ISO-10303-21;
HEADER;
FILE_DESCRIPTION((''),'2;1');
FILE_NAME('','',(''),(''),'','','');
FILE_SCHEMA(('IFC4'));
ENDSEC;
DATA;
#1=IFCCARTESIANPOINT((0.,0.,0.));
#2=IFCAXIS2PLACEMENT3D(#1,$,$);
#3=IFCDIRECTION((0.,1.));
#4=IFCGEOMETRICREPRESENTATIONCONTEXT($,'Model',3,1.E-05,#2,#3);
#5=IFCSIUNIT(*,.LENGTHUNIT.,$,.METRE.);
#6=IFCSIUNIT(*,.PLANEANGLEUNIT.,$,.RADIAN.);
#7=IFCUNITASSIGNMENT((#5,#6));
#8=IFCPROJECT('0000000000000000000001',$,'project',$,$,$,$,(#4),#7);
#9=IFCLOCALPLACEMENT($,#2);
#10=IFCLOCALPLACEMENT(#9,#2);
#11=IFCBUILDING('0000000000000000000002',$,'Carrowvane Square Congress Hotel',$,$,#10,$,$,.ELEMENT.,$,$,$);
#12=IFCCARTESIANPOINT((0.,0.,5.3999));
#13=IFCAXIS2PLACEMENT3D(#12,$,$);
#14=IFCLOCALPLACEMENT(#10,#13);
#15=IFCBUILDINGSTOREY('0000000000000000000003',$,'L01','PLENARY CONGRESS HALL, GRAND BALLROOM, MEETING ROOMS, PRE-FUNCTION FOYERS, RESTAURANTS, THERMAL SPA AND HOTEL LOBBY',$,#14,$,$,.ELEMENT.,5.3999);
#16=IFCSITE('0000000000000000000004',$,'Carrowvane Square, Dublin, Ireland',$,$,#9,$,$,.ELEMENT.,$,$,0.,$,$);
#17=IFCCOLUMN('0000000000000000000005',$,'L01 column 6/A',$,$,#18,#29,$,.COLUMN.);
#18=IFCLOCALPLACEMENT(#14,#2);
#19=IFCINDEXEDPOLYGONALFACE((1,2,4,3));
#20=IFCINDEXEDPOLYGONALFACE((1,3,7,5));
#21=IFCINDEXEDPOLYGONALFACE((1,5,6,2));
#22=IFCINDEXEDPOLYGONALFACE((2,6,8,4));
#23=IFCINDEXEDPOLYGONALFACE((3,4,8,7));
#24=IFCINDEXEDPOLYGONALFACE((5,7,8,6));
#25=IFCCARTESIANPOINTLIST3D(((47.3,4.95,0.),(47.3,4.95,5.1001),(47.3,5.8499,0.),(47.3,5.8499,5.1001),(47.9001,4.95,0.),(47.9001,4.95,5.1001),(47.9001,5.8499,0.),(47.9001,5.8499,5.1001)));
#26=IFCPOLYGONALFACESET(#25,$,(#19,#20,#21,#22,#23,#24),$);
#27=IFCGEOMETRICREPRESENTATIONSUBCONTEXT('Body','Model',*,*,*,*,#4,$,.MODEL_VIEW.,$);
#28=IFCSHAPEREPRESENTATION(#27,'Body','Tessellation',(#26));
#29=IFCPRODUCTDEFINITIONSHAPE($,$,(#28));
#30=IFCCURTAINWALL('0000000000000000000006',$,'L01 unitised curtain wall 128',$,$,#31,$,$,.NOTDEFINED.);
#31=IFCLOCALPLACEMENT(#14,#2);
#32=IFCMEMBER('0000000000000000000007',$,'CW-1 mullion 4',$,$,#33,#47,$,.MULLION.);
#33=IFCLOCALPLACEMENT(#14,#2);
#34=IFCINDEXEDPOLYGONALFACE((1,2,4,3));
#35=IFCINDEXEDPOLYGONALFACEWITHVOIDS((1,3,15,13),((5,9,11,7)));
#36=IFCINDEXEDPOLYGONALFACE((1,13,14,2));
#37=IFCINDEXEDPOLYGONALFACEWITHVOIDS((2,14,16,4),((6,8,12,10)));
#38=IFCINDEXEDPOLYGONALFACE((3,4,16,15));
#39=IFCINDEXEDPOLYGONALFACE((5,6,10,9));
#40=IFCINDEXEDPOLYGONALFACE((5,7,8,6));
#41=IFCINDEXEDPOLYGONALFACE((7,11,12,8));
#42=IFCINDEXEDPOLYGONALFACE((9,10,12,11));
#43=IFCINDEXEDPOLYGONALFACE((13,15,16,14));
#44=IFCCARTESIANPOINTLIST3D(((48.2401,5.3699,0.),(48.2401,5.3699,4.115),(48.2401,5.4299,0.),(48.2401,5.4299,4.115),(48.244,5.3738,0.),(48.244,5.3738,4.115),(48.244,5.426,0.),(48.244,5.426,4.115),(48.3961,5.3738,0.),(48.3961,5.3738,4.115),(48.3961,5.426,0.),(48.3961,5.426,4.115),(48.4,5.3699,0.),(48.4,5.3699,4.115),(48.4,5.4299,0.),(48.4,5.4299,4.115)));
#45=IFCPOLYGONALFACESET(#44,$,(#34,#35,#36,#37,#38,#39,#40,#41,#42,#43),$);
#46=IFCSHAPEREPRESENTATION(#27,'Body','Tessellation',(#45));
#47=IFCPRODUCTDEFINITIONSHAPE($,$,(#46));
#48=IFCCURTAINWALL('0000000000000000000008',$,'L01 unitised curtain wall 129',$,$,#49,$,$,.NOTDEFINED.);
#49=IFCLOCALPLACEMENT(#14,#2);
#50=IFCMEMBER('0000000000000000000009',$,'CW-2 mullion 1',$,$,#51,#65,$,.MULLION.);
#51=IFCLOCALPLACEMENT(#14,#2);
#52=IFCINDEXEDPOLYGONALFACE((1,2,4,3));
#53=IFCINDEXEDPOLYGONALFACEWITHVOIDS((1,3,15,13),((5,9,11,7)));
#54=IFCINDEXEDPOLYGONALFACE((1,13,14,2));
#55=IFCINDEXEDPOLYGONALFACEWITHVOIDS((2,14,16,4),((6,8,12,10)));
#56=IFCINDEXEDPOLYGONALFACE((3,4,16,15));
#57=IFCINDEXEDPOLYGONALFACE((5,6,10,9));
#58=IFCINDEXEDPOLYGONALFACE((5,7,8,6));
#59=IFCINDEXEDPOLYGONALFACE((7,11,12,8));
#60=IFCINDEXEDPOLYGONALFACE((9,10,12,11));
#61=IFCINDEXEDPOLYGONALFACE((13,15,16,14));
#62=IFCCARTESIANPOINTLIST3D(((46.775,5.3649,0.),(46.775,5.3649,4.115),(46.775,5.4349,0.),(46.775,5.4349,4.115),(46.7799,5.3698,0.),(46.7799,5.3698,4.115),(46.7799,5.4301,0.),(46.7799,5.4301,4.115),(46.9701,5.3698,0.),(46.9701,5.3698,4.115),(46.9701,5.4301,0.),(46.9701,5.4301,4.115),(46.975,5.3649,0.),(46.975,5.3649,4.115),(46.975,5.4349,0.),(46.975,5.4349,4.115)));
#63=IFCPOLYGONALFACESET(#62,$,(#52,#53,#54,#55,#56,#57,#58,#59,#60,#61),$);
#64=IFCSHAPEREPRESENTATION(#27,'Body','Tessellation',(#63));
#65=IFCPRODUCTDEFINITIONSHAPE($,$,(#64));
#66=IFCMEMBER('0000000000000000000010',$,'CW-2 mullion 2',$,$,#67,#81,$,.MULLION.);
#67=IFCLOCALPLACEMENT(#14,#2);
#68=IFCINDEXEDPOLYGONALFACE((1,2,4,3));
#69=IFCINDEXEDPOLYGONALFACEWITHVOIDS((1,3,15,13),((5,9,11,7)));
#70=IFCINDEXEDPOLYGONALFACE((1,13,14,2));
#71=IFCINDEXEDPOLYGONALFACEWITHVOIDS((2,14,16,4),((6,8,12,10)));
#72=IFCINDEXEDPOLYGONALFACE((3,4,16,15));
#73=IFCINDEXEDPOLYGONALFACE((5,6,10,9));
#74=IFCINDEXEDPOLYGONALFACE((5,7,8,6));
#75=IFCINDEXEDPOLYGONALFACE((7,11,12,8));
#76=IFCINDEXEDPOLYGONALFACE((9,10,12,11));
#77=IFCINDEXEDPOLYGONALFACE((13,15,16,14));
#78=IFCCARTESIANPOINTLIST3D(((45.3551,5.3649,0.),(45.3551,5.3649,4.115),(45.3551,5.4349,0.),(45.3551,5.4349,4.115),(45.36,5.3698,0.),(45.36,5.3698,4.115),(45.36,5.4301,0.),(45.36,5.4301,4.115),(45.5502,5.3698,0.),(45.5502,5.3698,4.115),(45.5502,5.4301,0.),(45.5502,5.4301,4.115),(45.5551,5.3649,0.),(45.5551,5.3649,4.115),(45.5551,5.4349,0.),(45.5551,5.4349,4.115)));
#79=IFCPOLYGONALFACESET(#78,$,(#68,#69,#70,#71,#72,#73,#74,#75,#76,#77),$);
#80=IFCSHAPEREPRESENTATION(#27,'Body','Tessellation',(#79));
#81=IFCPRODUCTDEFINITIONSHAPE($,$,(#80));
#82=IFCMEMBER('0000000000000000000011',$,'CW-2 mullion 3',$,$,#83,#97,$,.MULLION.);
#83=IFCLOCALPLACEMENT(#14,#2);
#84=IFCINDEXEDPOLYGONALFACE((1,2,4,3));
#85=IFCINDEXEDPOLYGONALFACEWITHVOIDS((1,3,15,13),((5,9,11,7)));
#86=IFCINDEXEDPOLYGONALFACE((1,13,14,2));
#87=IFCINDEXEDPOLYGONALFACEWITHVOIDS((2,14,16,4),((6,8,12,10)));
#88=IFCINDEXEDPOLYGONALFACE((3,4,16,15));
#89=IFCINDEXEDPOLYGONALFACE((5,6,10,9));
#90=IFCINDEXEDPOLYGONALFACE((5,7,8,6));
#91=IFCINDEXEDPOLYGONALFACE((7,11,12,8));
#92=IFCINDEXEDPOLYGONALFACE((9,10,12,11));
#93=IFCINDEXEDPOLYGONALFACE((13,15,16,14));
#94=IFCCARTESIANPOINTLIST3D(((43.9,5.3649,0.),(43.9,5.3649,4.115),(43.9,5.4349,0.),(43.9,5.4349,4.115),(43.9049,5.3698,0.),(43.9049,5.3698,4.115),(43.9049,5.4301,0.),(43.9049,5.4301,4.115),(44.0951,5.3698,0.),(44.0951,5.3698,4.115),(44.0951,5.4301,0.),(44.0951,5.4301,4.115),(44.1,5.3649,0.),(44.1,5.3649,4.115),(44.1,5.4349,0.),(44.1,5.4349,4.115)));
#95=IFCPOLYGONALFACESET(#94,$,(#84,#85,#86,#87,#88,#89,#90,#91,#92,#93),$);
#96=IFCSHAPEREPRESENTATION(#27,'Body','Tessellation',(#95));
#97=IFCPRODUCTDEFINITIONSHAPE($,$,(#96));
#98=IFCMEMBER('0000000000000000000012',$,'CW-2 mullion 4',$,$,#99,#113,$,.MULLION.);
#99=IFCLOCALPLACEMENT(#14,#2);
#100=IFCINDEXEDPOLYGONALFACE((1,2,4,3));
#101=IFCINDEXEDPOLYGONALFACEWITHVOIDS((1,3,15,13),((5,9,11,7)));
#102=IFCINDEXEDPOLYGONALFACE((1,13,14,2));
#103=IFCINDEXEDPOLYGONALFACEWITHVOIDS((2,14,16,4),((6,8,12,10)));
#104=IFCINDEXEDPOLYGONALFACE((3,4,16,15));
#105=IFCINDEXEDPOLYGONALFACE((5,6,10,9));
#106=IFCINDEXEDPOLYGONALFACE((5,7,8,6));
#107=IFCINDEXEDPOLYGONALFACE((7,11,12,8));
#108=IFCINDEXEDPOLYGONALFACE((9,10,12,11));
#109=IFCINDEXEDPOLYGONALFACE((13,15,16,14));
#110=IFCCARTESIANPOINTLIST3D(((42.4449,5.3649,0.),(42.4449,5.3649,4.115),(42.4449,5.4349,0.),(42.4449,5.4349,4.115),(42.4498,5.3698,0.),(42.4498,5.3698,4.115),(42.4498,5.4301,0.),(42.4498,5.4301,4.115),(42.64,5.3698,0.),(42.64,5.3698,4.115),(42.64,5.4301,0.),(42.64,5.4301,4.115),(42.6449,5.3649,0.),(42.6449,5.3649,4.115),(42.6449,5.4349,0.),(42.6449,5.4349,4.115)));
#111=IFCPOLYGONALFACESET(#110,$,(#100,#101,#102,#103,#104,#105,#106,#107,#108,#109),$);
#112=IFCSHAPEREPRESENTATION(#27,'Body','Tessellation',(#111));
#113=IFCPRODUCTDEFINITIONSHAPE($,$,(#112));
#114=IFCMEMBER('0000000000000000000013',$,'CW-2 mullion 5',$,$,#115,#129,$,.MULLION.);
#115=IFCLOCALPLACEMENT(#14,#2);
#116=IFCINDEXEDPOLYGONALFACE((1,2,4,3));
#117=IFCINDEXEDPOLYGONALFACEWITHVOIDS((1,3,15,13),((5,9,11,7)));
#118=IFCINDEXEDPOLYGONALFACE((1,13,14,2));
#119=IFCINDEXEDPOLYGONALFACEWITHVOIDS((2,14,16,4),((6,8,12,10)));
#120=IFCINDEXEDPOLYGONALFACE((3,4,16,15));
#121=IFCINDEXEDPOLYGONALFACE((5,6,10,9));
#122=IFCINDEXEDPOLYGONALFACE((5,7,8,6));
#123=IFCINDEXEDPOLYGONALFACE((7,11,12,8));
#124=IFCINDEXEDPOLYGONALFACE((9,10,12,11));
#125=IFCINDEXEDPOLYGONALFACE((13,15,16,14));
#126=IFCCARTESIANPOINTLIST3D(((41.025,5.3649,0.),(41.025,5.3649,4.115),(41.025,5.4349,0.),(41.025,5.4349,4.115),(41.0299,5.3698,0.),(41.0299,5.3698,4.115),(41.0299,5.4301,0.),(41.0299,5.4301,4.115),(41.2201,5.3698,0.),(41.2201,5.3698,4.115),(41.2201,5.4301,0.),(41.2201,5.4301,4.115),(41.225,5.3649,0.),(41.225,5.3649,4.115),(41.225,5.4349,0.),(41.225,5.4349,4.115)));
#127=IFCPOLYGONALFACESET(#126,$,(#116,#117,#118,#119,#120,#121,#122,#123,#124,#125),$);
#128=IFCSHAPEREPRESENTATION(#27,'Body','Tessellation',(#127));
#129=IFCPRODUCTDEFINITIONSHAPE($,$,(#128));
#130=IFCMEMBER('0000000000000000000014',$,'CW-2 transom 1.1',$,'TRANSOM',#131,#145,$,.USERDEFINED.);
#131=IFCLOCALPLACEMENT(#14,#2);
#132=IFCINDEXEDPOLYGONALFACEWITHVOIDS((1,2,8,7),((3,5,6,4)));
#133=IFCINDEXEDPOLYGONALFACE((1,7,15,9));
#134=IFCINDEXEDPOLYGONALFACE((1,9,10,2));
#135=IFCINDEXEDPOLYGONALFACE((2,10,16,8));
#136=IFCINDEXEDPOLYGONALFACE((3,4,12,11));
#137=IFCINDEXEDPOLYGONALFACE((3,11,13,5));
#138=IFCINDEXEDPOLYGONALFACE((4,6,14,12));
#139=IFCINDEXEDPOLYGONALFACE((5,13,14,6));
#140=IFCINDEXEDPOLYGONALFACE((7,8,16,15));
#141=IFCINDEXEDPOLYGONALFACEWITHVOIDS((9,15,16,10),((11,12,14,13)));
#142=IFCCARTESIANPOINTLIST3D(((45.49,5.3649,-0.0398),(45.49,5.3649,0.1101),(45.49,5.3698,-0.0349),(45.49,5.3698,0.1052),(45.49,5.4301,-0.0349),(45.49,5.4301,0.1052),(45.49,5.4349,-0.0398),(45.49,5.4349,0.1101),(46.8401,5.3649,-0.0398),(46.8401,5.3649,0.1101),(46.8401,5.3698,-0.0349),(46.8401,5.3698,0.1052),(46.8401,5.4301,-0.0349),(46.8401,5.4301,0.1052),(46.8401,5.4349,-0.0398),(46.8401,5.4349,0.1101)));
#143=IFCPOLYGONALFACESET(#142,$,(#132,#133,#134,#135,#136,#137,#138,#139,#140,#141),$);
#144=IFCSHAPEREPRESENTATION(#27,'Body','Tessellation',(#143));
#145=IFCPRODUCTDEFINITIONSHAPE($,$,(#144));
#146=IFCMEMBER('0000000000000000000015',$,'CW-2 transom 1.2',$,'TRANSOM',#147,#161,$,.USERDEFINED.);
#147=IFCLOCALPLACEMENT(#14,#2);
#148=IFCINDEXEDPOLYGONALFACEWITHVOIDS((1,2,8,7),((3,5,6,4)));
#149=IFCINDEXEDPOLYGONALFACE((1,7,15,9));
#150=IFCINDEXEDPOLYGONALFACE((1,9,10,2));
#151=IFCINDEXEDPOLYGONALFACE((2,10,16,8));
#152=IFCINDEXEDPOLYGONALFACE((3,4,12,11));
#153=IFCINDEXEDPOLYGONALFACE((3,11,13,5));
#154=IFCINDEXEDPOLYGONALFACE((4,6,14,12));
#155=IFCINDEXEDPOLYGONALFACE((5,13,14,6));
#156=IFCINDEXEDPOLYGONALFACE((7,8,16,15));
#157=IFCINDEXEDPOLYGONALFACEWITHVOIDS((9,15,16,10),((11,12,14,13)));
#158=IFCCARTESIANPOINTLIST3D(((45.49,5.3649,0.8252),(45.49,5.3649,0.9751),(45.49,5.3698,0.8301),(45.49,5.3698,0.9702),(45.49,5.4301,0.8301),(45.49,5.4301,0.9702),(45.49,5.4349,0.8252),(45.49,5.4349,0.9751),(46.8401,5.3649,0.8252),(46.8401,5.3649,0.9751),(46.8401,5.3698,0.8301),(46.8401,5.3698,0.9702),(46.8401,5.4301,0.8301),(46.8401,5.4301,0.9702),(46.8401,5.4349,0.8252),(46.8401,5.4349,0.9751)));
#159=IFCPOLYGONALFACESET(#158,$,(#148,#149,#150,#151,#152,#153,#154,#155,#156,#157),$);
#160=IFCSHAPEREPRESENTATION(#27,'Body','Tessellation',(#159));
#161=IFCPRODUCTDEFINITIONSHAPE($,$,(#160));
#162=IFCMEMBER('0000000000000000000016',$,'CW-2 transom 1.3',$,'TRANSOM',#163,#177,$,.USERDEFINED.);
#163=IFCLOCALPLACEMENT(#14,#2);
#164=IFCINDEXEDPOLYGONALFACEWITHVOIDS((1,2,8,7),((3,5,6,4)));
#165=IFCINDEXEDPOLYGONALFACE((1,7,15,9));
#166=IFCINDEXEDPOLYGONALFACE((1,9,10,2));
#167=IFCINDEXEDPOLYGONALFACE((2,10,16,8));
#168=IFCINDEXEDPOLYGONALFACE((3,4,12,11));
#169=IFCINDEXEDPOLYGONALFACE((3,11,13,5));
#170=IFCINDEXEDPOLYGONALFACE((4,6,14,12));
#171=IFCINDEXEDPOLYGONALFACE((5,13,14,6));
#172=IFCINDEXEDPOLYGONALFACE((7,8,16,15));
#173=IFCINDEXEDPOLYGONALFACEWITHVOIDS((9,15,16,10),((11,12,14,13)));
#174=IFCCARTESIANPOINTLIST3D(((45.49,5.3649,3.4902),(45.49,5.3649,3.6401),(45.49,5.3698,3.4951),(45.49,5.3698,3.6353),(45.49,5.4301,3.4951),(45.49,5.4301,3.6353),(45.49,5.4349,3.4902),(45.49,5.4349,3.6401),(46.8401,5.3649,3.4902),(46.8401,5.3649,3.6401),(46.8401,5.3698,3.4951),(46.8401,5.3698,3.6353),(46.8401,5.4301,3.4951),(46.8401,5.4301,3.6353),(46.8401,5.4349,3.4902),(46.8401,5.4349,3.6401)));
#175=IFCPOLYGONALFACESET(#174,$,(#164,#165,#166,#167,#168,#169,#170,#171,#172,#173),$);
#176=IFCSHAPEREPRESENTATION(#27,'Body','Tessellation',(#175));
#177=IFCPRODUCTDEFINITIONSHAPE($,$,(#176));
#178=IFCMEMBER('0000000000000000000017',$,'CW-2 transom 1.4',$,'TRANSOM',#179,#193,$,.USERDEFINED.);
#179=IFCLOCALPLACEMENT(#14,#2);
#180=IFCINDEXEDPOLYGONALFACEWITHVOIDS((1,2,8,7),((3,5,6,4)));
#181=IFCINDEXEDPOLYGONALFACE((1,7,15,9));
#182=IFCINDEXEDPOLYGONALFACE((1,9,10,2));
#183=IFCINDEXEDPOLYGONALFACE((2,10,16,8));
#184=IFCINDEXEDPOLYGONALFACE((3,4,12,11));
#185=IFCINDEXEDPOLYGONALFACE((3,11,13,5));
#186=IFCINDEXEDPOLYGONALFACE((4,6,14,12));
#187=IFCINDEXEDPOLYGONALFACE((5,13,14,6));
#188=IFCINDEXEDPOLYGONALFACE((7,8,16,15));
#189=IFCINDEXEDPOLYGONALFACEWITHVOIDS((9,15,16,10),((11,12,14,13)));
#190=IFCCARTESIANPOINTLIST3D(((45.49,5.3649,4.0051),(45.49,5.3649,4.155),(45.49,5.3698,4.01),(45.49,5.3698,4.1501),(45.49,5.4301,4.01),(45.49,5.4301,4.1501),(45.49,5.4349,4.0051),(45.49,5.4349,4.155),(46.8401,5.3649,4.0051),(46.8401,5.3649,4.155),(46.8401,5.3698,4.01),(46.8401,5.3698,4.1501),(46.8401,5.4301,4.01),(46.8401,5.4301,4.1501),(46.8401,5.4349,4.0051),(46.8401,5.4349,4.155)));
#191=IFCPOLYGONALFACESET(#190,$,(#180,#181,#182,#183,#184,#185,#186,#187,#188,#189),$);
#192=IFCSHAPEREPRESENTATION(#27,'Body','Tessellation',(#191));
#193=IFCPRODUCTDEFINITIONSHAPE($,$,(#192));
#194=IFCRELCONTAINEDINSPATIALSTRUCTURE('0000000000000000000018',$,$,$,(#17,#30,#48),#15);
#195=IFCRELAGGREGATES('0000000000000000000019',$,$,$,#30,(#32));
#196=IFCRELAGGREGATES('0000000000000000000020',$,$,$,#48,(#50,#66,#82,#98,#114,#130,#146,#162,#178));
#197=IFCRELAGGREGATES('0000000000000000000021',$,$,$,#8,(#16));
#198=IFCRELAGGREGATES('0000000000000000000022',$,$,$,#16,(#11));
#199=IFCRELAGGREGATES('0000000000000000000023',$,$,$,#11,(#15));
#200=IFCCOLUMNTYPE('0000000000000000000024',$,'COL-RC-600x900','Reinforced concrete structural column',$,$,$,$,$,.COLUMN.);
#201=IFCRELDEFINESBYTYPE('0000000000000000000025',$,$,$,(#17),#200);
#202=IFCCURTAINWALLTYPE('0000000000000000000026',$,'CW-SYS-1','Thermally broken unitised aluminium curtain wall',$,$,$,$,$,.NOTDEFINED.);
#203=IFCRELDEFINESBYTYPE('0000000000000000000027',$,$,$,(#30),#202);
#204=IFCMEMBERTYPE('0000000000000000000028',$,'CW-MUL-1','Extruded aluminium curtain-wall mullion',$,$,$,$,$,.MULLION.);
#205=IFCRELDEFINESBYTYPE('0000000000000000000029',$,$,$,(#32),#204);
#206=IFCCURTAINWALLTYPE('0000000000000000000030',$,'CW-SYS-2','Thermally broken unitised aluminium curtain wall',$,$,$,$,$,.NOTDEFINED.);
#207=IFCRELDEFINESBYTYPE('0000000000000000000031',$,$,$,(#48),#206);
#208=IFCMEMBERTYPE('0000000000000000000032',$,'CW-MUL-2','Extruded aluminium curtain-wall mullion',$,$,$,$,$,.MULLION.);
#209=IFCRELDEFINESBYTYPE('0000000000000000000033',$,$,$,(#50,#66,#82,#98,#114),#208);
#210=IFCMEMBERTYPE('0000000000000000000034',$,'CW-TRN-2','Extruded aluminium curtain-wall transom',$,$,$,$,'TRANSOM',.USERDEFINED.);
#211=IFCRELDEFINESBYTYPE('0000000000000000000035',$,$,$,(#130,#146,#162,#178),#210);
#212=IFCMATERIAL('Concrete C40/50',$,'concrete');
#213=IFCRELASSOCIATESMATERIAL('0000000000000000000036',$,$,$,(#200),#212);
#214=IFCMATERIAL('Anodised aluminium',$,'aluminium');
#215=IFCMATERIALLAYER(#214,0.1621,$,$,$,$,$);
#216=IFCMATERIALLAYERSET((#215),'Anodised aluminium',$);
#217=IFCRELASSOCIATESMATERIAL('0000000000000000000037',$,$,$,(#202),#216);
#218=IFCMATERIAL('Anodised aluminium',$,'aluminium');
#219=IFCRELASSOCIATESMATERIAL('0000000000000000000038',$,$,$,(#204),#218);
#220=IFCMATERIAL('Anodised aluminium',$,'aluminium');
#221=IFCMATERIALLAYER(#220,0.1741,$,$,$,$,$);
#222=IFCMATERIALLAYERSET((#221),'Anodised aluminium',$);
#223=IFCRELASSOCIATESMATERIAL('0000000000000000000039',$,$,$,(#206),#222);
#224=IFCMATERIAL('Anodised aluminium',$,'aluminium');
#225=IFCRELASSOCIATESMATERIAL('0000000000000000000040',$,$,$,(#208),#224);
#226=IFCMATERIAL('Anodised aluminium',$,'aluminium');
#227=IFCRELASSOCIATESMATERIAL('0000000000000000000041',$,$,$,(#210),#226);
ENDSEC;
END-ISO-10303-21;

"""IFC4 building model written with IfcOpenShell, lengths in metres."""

from ifc_helpers import new_model, si_unit, direction, frame, origin, origin_2d, place, context, subcontext, project, spatial, rectangle, hollow_rectangle, extrude, material, layer, layer_set, material_profile, profile_set, type_object, element, aggregate, save


model = new_model("IFC4")

# Units and contexts
model_context = context("Model", 3, precision=1e-05, world=origin(), true_north=direction((0.0, 1.0)))
body_context = subcontext(model_context, "Body", "Model", "MODEL_VIEW")
ifc_project = project(units=[si_unit("LENGTHUNIT", "METRE"), si_unit("PLANEANGLEUNIT", "RADIAN")], contexts=[model_context])

# Site, building, storey
site_placement = place(None, origin())
site = spatial("IfcSite", under=ifc_project, at=site_placement, Name="Carrowvane Square, Dublin, Ireland", CompositionType="ELEMENT", RefElevation=0.0)
building_placement = place(site_placement, origin())
building = spatial("IfcBuilding", under=site, at=building_placement, Name="Carrowvane Square Congress Hotel", CompositionType="ELEMENT")
storey_placement = place(building_placement, frame((0.0, 0.0, 5.3999)))
storey = spatial("IfcBuildingStorey", under=building, at=storey_placement, Name="L01", Description="PLENARY CONGRESS HALL, GRAND BALLROOM, MEETING ROOMS, PRE-FUNCTION FOYERS, RESTAURANTS, THERMAL SPA AND HOTEL LOBBY", CompositionType="ELEMENT", Elevation=5.3999)

# Column
ifc_material_1 = material(Name="Concrete C40/50", Category="concrete")
ifc_material_profile_1 = material_profile(ifc_material_1, rectangle(XDim=0.6001, YDim=0.8999, at=origin_2d()), Name="RC 600x900")
ifc_profile_set_1 = profile_set([ifc_material_profile_1], Name="Concrete C40/50")
column_type = type_object("IfcColumnType", Name="COL-RC-600x900", Description="Reinforced concrete structural column", PredefinedType="COLUMN", material=ifc_profile_set_1)
column_placement = place(storey_placement, frame((47.6001, 5.3999, 0.0), z_axis=(0.0, 0.0, 1.0), x_axis=(1.0, 0.0, 0.0)))
element("IfcColumn", 1, at=column_placement, inside=storey, type_object=column_type, Name="L01 column 6/A", PredefinedType="COLUMN", context=body_context, shape_type="SweptSolid", body=[
    extrude(rectangle(XDim=0.6001, YDim=0.8999, at=origin_2d()), origin(), (0.0, 0.0, 1.0), 5.1001),
])

# Curtain wall, member
ifc_material_2 = material(Name="Anodised aluminium", Category="aluminium")
ifc_layer_1 = layer(ifc_material_2, 0.1621)
ifc_layer_set_1 = layer_set([ifc_layer_1], Name="Anodised aluminium")
curtain_wall_type_1 = type_object("IfcCurtainWallType", Name="CW-SYS-1", Description="Thermally broken unitised aluminium curtain wall", PredefinedType="NOTDEFINED", material=ifc_layer_set_1)
curtain_wall_1_placement = place(storey_placement, origin())
curtain_wall_1 = element("IfcCurtainWall", 2, at=curtain_wall_1_placement, inside=storey, type_object=curtain_wall_type_1, Name="L01 unitised curtain wall 128", PredefinedType="NOTDEFINED")
ifc_material_3 = material(Name="Anodised aluminium", Category="aluminium")
ifc_material_profile_2 = material_profile(ifc_material_3, hollow_rectangle(XDim=0.0601, YDim=0.1599, WallThickness=0.0039, at=origin_2d()), Name="CW-ML 60x160x4")
ifc_profile_set_2 = profile_set([ifc_material_profile_2], Name="Anodised aluminium")
member_type_1 = type_object("IfcMemberType", Name="CW-MUL-1", Description="Extruded aluminium curtain-wall mullion", PredefinedType="MULLION", material=ifc_profile_set_2)
member_1_placement = place(storey_placement, frame((48.3201, 5.3999, 0.0), z_axis=(0.0, 0.0, 1.0), x_axis=(0.0, -1.0, 0.0)))
member_1 = element("IfcMember", 3, at=member_1_placement, type_object=member_type_1, Name="CW-1 mullion 4", PredefinedType="MULLION", context=body_context, shape_type="SweptSolid", body=[
    extrude(hollow_rectangle(XDim=0.0601, YDim=0.1599, WallThickness=0.0039, at=origin_2d()), origin(), (0.0, 0.0, 1.0), 4.115),
])

# Curtain wall, members
ifc_material_4 = material(Name="Anodised aluminium", Category="aluminium")
ifc_layer_2 = layer(ifc_material_4, 0.1741)
ifc_layer_set_2 = layer_set([ifc_layer_2], Name="Anodised aluminium")
curtain_wall_type_2 = type_object("IfcCurtainWallType", Name="CW-SYS-2", Description="Thermally broken unitised aluminium curtain wall", PredefinedType="NOTDEFINED", material=ifc_layer_set_2)
curtain_wall_2_placement = place(storey_placement, origin())
curtain_wall_2 = element("IfcCurtainWall", 4, at=curtain_wall_2_placement, inside=storey, type_object=curtain_wall_type_2, Name="L01 unitised curtain wall 129", PredefinedType="NOTDEFINED")
ifc_material_5 = material(Name="Anodised aluminium", Category="aluminium")
ifc_material_profile_3 = material_profile(ifc_material_5, hollow_rectangle(XDim=0.0701, YDim=0.2, WallThickness=0.0049, at=origin_2d()), Name="CW-ML 70x200x5")
ifc_profile_set_3 = profile_set([ifc_material_profile_3], Name="Anodised aluminium")
member_type_2 = type_object("IfcMemberType", Name="CW-MUL-2", Description="Extruded aluminium curtain-wall mullion", PredefinedType="MULLION", material=ifc_profile_set_3)
member_2_placement = place(storey_placement, frame((46.875, 5.3999, 0.0), z_axis=(0.0, 0.0, 1.0), x_axis=(0.0, -1.0, 0.0)))
member_2 = element("IfcMember", 5, at=member_2_placement, type_object=member_type_2, Name="CW-2 mullion 1", PredefinedType="MULLION", context=body_context, shape_type="SweptSolid", body=[
    extrude(hollow_rectangle(XDim=0.0701, YDim=0.2, WallThickness=0.0049, at=origin_2d()), origin(), (0.0, 0.0, 1.0), 4.115),
])
member_3_placement = place(storey_placement, frame((45.4551, 5.3999, 0.0), z_axis=(0.0, 0.0, 1.0), x_axis=(0.0, -1.0, 0.0)))
member_3 = element("IfcMember", 6, at=member_3_placement, type_object=member_type_2, Name="CW-2 mullion 2", PredefinedType="MULLION", context=body_context, shape_type="SweptSolid", body=[
    extrude(hollow_rectangle(XDim=0.0701, YDim=0.2, WallThickness=0.0049, at=origin_2d()), origin(), (0.0, 0.0, 1.0), 4.115),
])
member_4_placement = place(storey_placement, frame((44.0, 5.3999, 0.0), z_axis=(0.0, 0.0, 1.0), x_axis=(0.0, -1.0, 0.0)))
member_4 = element("IfcMember", 7, at=member_4_placement, type_object=member_type_2, Name="CW-2 mullion 3", PredefinedType="MULLION", context=body_context, shape_type="SweptSolid", body=[
    extrude(hollow_rectangle(XDim=0.0701, YDim=0.2, WallThickness=0.0049, at=origin_2d()), origin(), (0.0, 0.0, 1.0), 4.115),
])
member_5_placement = place(storey_placement, frame((42.5449, 5.3999, 0.0), z_axis=(0.0, 0.0, 1.0), x_axis=(0.0, -1.0, 0.0)))
member_5 = element("IfcMember", 8, at=member_5_placement, type_object=member_type_2, Name="CW-2 mullion 4", PredefinedType="MULLION", context=body_context, shape_type="SweptSolid", body=[
    extrude(hollow_rectangle(XDim=0.0701, YDim=0.2, WallThickness=0.0049, at=origin_2d()), origin(), (0.0, 0.0, 1.0), 4.115),
])
member_6_placement = place(storey_placement, frame((41.125, 5.3999, 0.0), z_axis=(0.0, 0.0, 1.0), x_axis=(0.0, -1.0, 0.0)))
member_6 = element("IfcMember", 9, at=member_6_placement, type_object=member_type_2, Name="CW-2 mullion 5", PredefinedType="MULLION", context=body_context, shape_type="SweptSolid", body=[
    extrude(hollow_rectangle(XDim=0.0701, YDim=0.2, WallThickness=0.0049, at=origin_2d()), origin(), (0.0, 0.0, 1.0), 4.115),
])
ifc_material_6 = material(Name="Anodised aluminium", Category="aluminium")
ifc_material_profile_4 = material_profile(ifc_material_6, hollow_rectangle(XDim=0.0701, YDim=0.1499, WallThickness=0.0049, at=origin_2d()), Name="CW-TR 70x150x5")
ifc_profile_set_4 = profile_set([ifc_material_profile_4], Name="Anodised aluminium")
member_type_3 = type_object("IfcMemberType", Name="CW-TRN-2", Description="Extruded aluminium curtain-wall transom", ElementType="TRANSOM", PredefinedType="USERDEFINED", material=ifc_profile_set_4)
member_7_placement = place(storey_placement, frame((46.8401, 5.3999, 0.0352), z_axis=(-1.0, 0.0, 0.0), x_axis=(0.0, -1.0, 0.0)))
member_7 = element("IfcMember", 10, at=member_7_placement, type_object=member_type_3, Name="CW-2 transom 1.1", ObjectType="TRANSOM", PredefinedType="USERDEFINED", context=body_context, shape_type="SweptSolid", body=[
    extrude(hollow_rectangle(XDim=0.0701, YDim=0.1499, WallThickness=0.0049, at=origin_2d()), origin(), (0.0, 0.0, 1.0), 1.3501),
])
member_8_placement = place(storey_placement, frame((46.8401, 5.3999, 0.9001), z_axis=(-1.0, 0.0, 0.0), x_axis=(0.0, -1.0, 0.0)))
member_8 = element("IfcMember", 11, at=member_8_placement, type_object=member_type_3, Name="CW-2 transom 1.2", ObjectType="TRANSOM", PredefinedType="USERDEFINED", context=body_context, shape_type="SweptSolid", body=[
    extrude(hollow_rectangle(XDim=0.0701, YDim=0.1499, WallThickness=0.0049, at=origin_2d()), origin(), (0.0, 0.0, 1.0), 1.3501),
])
member_9_placement = place(storey_placement, frame((46.8401, 5.3999, 3.5652), z_axis=(-1.0, 0.0, 0.0), x_axis=(0.0, -1.0, 0.0)))
member_9 = element("IfcMember", 12, at=member_9_placement, type_object=member_type_3, Name="CW-2 transom 1.3", ObjectType="TRANSOM", PredefinedType="USERDEFINED", context=body_context, shape_type="SweptSolid", body=[
    extrude(hollow_rectangle(XDim=0.0701, YDim=0.1499, WallThickness=0.0049, at=origin_2d()), origin(), (0.0, 0.0, 1.0), 1.3501),
])
member_10_placement = place(storey_placement, frame((46.8401, 5.3999, 4.0801), z_axis=(-1.0, 0.0, 0.0), x_axis=(0.0, -1.0, 0.0)))
member_10 = element("IfcMember", 13, at=member_10_placement, type_object=member_type_3, Name="CW-2 transom 1.4", ObjectType="TRANSOM", PredefinedType="USERDEFINED", context=body_context, shape_type="SweptSolid", body=[
    extrude(hollow_rectangle(XDim=0.0701, YDim=0.1499, WallThickness=0.0049, at=origin_2d()), origin(), (0.0, 0.0, 1.0), 1.3501),
])

aggregate(curtain_wall_1, [member_1])
aggregate(curtain_wall_2, [member_2, member_3, member_4, member_5, member_6, member_7, member_8, member_9, member_10])

save(model, "model.ifc")
